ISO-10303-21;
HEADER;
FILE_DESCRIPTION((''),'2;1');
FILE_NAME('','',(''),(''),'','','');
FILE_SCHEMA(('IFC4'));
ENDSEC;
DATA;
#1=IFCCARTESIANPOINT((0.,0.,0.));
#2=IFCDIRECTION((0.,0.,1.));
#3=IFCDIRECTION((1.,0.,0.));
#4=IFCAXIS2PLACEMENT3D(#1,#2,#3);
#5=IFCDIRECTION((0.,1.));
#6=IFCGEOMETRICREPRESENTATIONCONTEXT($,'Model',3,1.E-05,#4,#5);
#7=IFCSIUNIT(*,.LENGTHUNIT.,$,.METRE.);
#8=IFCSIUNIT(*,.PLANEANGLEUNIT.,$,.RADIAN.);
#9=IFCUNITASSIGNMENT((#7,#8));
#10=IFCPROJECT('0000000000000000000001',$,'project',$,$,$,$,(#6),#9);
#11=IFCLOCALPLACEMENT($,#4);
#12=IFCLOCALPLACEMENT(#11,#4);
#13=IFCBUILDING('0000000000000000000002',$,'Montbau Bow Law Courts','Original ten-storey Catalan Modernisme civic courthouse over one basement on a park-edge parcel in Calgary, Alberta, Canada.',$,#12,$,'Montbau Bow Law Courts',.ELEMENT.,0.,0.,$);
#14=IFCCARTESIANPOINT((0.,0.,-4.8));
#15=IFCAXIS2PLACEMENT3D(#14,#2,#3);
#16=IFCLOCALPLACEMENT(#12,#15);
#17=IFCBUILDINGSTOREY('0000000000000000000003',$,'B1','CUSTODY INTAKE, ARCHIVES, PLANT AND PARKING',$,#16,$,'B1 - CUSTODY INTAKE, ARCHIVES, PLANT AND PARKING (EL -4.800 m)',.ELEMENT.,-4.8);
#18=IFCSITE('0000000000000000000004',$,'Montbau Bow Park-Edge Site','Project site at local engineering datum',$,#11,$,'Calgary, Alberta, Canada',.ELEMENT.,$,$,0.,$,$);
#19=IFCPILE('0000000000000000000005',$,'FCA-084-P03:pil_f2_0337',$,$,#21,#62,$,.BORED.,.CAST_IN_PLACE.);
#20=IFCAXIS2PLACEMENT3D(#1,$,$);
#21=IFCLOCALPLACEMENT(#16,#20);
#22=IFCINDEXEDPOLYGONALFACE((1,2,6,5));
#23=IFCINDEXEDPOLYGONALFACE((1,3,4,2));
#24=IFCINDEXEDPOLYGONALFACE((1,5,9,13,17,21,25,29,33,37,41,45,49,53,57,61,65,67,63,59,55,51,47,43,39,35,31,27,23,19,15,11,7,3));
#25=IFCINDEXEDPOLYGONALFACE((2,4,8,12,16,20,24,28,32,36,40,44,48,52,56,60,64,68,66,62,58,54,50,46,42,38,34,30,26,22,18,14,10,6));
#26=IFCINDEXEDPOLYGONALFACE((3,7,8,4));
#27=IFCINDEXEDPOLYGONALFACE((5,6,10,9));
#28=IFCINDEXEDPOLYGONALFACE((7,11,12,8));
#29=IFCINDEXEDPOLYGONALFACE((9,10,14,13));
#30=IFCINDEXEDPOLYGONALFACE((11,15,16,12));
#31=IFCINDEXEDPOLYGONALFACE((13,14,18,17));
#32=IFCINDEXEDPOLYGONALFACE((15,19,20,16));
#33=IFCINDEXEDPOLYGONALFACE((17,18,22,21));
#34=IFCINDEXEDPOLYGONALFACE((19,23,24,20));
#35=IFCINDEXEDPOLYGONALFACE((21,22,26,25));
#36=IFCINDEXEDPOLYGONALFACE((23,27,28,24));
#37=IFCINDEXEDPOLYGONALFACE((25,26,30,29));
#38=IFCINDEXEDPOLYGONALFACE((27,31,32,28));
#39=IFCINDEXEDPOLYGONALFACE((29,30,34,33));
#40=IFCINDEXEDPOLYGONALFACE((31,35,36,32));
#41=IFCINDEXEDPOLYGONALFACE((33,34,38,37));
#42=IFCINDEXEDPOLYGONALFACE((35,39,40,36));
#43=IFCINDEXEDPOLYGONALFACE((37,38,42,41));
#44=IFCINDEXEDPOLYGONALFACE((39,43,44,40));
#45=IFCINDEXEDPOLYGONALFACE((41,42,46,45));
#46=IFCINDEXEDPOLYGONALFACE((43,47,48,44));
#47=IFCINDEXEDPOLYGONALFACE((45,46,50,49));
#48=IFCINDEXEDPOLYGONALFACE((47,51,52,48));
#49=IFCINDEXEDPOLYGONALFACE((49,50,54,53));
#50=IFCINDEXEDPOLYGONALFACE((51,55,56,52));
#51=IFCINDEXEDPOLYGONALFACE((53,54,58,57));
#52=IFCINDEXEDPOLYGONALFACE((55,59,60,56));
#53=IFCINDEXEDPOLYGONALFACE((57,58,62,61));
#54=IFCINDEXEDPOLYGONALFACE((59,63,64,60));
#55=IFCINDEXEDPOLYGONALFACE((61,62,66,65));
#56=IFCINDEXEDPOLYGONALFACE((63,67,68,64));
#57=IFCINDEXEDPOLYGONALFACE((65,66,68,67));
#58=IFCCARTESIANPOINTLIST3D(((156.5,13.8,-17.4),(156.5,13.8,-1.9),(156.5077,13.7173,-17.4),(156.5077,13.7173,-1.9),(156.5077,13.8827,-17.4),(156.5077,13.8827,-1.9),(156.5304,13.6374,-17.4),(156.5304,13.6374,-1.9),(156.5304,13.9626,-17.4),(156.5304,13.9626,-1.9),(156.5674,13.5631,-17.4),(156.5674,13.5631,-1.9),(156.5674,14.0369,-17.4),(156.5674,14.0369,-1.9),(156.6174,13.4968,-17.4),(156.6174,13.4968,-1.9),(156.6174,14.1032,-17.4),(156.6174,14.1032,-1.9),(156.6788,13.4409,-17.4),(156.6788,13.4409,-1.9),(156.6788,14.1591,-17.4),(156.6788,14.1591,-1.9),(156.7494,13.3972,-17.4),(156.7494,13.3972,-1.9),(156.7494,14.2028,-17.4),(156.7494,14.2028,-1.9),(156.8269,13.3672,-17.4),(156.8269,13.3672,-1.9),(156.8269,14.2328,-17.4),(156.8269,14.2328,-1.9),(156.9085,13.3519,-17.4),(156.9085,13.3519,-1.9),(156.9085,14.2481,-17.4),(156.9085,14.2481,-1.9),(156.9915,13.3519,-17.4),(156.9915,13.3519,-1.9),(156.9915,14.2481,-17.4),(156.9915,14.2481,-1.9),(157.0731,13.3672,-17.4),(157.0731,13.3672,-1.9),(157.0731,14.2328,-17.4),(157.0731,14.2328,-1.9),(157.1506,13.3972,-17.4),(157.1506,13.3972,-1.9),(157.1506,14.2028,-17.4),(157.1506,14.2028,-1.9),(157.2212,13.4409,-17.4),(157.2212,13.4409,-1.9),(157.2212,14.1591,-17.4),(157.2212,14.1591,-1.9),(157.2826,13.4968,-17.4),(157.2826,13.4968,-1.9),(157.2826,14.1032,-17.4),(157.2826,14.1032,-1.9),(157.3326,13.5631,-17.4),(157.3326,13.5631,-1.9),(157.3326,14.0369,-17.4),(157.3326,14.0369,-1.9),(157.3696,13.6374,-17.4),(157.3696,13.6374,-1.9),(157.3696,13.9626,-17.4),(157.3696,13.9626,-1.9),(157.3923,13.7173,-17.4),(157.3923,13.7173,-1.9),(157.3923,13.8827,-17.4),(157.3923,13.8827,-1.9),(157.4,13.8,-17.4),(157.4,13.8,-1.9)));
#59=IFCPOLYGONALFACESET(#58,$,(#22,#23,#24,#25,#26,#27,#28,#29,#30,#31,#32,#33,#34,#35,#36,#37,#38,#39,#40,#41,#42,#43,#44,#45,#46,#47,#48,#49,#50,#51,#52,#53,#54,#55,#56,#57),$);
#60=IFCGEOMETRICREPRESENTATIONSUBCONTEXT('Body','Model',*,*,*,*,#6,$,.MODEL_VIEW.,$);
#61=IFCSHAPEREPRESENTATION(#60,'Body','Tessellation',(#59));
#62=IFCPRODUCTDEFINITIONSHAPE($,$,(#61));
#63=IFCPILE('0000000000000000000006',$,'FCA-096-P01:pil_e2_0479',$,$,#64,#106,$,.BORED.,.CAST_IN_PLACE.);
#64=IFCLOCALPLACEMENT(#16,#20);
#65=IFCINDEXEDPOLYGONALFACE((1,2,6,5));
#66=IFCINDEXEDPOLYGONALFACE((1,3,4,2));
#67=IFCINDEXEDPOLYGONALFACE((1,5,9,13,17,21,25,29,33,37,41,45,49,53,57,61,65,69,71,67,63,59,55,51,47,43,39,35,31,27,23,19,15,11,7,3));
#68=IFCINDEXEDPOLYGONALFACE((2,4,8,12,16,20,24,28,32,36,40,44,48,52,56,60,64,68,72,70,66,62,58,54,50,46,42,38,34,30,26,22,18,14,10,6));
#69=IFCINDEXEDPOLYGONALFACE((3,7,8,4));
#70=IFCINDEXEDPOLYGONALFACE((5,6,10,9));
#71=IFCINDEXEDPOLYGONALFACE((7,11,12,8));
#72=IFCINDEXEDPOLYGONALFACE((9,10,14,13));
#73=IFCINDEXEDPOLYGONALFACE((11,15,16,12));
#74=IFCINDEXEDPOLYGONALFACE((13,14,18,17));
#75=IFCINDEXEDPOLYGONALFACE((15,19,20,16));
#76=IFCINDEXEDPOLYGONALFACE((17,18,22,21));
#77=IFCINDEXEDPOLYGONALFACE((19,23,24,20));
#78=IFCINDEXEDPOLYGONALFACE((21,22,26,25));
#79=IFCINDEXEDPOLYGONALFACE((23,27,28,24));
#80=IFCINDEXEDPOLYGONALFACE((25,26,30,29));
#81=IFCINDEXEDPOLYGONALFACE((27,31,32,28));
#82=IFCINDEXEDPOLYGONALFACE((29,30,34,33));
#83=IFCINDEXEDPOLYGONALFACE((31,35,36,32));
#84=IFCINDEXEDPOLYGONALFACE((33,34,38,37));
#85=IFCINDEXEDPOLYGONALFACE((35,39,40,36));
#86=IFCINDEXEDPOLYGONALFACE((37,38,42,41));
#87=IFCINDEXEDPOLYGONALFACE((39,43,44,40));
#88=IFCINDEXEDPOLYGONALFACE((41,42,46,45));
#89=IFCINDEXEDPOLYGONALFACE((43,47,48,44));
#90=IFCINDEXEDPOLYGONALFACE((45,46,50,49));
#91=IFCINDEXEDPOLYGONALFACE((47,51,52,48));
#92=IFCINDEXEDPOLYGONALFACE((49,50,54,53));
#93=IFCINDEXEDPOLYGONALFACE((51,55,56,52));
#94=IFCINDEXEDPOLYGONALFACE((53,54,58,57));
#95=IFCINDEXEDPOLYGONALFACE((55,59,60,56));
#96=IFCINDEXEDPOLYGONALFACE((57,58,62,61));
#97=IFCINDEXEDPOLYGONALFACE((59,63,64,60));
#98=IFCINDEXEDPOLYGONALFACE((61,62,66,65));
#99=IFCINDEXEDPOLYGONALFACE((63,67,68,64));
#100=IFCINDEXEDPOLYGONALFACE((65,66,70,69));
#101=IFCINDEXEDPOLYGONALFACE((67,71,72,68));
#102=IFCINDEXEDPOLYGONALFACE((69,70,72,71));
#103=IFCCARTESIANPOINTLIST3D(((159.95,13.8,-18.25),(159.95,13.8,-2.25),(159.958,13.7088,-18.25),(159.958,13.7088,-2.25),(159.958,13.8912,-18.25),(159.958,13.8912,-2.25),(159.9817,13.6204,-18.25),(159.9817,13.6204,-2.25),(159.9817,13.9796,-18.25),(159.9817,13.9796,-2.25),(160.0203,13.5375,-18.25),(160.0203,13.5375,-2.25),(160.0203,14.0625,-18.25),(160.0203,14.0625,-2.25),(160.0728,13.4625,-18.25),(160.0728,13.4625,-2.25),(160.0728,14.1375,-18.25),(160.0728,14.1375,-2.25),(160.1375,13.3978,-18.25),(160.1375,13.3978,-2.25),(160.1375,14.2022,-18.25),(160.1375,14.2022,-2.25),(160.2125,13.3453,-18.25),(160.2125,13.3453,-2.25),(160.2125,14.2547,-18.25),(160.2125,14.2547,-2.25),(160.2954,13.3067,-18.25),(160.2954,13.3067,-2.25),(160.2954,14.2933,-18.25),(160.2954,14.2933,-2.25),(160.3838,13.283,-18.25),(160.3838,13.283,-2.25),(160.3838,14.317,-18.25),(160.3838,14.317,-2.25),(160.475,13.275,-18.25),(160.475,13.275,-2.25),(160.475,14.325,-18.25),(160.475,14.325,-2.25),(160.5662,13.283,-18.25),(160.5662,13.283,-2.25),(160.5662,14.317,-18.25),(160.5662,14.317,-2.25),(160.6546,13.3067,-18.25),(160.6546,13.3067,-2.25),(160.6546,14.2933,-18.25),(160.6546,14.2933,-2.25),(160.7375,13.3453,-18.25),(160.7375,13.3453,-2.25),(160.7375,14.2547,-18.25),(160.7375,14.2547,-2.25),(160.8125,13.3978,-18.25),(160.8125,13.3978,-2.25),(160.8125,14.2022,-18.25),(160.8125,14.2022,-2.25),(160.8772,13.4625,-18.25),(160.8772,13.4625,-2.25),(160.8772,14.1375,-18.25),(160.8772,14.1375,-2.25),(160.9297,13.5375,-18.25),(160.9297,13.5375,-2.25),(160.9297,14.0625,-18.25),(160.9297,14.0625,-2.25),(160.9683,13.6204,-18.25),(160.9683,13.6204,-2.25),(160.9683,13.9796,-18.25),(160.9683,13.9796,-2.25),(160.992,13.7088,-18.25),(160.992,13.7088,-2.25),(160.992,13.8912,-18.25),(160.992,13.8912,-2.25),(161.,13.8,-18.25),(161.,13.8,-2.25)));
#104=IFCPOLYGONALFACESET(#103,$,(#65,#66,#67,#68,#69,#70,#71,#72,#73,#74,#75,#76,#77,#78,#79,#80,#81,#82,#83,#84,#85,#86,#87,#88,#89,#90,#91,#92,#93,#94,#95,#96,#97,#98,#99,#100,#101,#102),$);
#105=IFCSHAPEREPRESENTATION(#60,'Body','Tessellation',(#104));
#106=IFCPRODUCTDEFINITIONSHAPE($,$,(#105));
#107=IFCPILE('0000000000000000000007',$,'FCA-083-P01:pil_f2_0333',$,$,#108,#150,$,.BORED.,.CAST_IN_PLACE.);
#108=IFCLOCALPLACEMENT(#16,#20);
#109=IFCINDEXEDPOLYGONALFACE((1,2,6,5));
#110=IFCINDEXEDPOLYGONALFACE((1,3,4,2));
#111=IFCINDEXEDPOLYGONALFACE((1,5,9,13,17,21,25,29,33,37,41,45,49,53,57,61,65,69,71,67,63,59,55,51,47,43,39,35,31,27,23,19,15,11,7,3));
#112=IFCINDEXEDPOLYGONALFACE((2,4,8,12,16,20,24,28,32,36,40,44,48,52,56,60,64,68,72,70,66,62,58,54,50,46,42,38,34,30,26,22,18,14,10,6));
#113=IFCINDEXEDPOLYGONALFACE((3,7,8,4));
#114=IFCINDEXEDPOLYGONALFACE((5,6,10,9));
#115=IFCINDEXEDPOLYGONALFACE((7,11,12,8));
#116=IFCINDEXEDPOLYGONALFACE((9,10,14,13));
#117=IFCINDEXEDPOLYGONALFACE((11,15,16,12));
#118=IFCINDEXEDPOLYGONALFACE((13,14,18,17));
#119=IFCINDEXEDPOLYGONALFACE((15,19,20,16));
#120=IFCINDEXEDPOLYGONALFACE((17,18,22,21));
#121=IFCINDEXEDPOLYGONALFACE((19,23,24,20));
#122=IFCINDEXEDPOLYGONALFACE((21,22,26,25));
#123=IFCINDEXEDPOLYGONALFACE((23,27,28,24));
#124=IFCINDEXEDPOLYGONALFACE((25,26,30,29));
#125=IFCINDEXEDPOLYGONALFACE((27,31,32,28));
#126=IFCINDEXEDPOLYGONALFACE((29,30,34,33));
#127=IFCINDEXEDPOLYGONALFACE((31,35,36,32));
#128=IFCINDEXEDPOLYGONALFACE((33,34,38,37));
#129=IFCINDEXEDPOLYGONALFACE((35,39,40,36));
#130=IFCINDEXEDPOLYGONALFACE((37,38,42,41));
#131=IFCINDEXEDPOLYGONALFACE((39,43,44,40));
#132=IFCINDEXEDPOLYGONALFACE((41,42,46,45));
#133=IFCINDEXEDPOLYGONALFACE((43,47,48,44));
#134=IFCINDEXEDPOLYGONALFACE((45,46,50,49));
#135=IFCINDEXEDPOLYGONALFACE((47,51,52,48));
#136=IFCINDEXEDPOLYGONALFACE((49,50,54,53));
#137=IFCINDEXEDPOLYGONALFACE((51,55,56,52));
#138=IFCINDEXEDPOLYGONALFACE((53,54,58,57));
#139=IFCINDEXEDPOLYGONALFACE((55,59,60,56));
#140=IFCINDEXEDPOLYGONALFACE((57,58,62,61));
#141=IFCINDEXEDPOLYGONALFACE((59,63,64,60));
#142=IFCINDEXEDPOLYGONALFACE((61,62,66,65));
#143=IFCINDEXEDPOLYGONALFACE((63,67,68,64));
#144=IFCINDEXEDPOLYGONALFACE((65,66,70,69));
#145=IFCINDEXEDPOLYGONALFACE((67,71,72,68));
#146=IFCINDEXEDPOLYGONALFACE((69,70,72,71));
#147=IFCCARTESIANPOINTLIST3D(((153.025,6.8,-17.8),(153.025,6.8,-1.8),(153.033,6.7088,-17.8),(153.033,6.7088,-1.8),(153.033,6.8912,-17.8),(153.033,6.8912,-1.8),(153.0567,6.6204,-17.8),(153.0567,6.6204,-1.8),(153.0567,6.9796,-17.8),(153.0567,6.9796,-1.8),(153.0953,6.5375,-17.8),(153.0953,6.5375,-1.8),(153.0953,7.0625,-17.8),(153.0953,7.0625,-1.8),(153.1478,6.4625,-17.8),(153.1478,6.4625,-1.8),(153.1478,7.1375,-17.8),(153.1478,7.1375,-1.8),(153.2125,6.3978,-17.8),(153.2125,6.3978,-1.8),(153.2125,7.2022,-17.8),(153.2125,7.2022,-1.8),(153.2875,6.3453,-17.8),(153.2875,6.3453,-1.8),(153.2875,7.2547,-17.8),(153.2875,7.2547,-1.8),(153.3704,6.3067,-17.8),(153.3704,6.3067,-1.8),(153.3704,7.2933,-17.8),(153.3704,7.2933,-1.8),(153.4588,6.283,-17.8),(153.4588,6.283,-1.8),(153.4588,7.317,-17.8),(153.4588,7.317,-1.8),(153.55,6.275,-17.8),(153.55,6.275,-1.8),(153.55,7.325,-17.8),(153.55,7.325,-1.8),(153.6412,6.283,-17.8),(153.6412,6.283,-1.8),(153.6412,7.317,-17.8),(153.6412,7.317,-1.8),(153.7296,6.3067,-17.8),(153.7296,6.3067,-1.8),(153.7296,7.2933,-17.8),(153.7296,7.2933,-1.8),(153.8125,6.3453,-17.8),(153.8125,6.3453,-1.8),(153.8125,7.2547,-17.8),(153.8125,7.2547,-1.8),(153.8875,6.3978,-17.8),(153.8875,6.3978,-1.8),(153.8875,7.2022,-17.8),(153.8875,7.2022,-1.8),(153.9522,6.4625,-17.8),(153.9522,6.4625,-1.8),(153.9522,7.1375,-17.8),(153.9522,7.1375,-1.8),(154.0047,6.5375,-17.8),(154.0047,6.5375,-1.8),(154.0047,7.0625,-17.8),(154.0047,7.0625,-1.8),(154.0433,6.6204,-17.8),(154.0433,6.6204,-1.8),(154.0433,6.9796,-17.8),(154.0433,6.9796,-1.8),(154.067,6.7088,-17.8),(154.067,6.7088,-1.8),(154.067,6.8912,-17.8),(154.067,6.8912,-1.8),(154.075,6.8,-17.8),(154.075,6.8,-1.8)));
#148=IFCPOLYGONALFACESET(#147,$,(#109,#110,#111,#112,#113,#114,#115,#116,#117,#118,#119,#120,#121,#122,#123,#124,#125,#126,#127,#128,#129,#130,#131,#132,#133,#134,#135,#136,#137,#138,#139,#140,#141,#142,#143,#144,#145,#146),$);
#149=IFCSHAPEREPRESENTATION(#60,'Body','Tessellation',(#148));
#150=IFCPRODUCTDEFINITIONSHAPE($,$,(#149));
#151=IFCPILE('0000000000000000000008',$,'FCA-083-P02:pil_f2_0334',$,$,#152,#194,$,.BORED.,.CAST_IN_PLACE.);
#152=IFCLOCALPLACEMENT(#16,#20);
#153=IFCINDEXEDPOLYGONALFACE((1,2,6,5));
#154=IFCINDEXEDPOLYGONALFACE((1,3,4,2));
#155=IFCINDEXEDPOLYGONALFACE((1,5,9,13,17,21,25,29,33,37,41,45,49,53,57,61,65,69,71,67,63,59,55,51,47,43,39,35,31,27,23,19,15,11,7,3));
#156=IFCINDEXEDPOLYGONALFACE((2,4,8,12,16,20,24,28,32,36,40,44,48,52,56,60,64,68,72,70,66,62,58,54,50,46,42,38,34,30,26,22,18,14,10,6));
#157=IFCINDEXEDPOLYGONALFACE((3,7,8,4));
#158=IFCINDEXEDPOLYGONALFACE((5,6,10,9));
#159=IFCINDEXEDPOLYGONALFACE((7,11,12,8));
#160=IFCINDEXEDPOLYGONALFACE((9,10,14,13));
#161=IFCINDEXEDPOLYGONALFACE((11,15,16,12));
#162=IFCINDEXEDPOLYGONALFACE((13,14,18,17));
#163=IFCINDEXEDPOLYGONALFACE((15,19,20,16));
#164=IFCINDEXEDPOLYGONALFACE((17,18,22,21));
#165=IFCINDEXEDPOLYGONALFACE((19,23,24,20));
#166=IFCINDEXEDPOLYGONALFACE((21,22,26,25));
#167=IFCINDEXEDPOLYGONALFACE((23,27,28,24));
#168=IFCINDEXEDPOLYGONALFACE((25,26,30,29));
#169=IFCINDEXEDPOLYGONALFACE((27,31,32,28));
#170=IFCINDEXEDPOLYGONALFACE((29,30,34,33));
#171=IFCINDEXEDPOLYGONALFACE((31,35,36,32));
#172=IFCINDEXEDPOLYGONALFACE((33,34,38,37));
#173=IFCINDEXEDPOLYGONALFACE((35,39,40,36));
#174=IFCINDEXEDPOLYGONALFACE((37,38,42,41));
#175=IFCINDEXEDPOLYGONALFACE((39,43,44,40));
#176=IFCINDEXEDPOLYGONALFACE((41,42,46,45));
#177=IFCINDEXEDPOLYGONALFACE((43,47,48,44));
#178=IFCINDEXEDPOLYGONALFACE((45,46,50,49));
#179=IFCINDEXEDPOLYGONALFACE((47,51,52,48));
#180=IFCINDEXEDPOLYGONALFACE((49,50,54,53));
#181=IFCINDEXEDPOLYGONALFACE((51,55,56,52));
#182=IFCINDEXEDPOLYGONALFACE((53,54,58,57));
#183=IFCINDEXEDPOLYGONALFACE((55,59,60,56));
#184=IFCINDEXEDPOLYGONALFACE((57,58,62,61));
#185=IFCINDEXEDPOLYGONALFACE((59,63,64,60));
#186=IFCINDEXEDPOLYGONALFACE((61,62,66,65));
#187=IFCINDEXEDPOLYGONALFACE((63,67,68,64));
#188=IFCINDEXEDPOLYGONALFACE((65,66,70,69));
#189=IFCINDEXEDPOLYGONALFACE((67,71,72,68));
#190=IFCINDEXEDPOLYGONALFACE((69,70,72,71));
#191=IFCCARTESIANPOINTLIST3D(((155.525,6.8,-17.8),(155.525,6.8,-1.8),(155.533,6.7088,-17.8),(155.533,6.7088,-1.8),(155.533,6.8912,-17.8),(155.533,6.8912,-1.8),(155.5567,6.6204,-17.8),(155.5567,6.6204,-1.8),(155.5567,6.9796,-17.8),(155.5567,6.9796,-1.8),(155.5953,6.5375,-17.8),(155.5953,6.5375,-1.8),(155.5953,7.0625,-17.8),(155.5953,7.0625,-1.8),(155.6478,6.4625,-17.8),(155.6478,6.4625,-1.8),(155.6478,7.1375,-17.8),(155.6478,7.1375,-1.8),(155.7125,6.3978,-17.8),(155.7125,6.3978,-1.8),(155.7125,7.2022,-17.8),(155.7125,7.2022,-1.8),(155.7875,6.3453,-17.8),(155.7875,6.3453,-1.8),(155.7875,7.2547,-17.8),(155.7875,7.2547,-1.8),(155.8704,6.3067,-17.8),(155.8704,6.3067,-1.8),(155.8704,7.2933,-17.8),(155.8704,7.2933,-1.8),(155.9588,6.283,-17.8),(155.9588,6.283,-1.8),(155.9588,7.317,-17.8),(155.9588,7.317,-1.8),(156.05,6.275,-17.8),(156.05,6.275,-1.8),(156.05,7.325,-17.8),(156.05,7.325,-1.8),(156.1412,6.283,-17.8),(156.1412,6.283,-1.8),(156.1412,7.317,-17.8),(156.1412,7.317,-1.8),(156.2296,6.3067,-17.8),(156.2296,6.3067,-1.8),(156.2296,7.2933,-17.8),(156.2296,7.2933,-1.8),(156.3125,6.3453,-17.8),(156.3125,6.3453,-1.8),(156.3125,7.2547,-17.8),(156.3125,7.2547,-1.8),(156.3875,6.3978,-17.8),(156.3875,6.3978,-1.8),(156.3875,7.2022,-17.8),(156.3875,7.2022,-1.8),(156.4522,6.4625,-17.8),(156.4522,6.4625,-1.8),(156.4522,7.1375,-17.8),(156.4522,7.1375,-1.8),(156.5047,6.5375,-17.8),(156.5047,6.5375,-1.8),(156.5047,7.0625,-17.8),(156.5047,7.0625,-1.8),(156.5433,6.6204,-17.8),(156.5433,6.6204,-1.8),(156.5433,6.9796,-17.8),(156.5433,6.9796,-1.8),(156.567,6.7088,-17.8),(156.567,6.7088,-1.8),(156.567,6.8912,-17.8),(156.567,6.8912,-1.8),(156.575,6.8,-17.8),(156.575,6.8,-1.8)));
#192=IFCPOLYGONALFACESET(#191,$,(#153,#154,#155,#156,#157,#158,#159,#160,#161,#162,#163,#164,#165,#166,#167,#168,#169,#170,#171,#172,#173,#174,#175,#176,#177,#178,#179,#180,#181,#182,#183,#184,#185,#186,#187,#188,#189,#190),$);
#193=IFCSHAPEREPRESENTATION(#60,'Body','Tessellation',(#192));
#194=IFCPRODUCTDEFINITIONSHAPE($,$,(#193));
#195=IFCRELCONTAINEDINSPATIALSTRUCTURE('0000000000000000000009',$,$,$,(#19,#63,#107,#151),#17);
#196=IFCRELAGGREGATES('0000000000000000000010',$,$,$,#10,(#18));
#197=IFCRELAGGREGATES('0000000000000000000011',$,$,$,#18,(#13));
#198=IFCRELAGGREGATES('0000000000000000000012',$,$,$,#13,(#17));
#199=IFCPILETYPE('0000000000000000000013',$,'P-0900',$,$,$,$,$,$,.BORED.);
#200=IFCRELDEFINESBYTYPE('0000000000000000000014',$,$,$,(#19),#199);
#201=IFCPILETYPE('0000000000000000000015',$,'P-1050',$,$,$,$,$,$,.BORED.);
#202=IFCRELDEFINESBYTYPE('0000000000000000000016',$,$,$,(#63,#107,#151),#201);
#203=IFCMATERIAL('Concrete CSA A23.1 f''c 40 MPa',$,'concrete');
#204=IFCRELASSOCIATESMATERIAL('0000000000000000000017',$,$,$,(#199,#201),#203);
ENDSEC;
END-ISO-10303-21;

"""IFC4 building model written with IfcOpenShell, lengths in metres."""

from ifc_helpers import new_model, si_unit, direction, frame, origin_with_axes, origin_2d_with_axis, place, context, subcontext, project, spatial, circle, extrude, material, material_profile, profile_set, type_object, element, save


model = new_model("IFC4")

# Units and contexts
model_context = context("Model", 3, precision=1e-05, world=origin_with_axes(), true_north=direction((0.0, 1.0)))
body_context = subcontext(model_context, "Body", "Model", "MODEL_VIEW")
ifc_project = project(units=[si_unit("LENGTHUNIT", "METRE"), si_unit("PLANEANGLEUNIT", "RADIAN")], contexts=[model_context])

# Site, building, storey
site_placement = place(None, origin_with_axes())
site = spatial("IfcSite", under=ifc_project, at=site_placement, Name="Montbau Bow Park-Edge Site", Description="Project site at local engineering datum", LongName="Calgary, Alberta, Canada", CompositionType="ELEMENT", RefElevation=0.0)
building_placement = place(site_placement, origin_with_axes())
building = spatial("IfcBuilding", under=site, at=building_placement, Name="Montbau Bow Law Courts", Description="Original ten-storey Catalan Modernisme civic courthouse over one basement on a park-edge parcel in Calgary, Alberta, Canada.", LongName="Montbau Bow Law Courts", CompositionType="ELEMENT", ElevationOfRefHeight=0.0, ElevationOfTerrain=0.0)
storey_placement = place(building_placement, frame((0.0, 0.0, -4.8), z_axis=(0.0, 0.0, 1.0), x_axis=(1.0, 0.0, 0.0)))
storey = spatial("IfcBuildingStorey", under=building, at=storey_placement, Name="B1", Description="CUSTODY INTAKE, ARCHIVES, PLANT AND PARKING", LongName="B1 - CUSTODY INTAKE, ARCHIVES, PLANT AND PARKING (EL -4.800 m)", CompositionType="ELEMENT", Elevation=-4.8)

# Piles
ifc_material_1 = material(Name="Concrete CSA A23.1 f'c 40 MPa", Category="concrete")
ifc_material_profile_1 = material_profile(ifc_material_1, circle(Radius=0.45, at=origin_2d_with_axis()), Name="BP900", Category="Main", Priority=0)
ifc_profile_set_1 = profile_set([ifc_material_profile_1], Name="Concrete CSA A23.1 f'c 40 MPa")
pile_type_1 = type_object("IfcPileType", Name="P-0900", PredefinedType="BORED", material=ifc_profile_set_1)
for number, where, z_axis, x_axis, name in (
    (1, (156.95, 13.8, -22.2), (0.0, 0.0, 1.0), (1.0, 0.0, 0.0), "FCA-084-P03:pil_f2_0337"),
):
    element("IfcPile", number, at=place(None, frame(where, z_axis=z_axis, x_axis=x_axis)), inside=storey, type_object=pile_type_1, Name=name, ConstructionType="CAST_IN_PLACE", PredefinedType="BORED", context=body_context, shape_type="SweptSolid", body=[
        extrude(circle(Radius=0.45, at=origin_2d_with_axis()), origin_with_axes(), (0.0, 0.0, 1.0), 15.5),
    ])
ifc_material_profile_2 = material_profile(ifc_material_1, circle(Radius=0.525, at=origin_2d_with_axis()), Name="BP1050", Category="Main", Priority=0)
ifc_profile_set_2 = profile_set([ifc_material_profile_2], Name="Concrete CSA A23.1 f'c 40 MPa")
pile_type_2 = type_object("IfcPileType", Name="P-1050", PredefinedType="BORED", material=ifc_profile_set_2)
for number, where, z_axis, x_axis, name in (
    (2, (160.475, 13.8, -23.05), (0.0, 0.0, 1.0), (1.0, 0.0, 0.0), "FCA-096-P01:pil_e2_0479"),
    (3, (153.55, 6.8, -22.6), (0.0, 0.0, 1.0), (1.0, 0.0, 0.0), "FCA-083-P01:pil_f2_0333"),
    (4, (156.05, 6.8, -22.6), (0.0, 0.0, 1.0), (1.0, 0.0, 0.0), "FCA-083-P02:pil_f2_0334"),
):
    element("IfcPile", number, at=place(None, frame(where, z_axis=z_axis, x_axis=x_axis)), inside=storey, type_object=pile_type_2, Name=name, ConstructionType="CAST_IN_PLACE", PredefinedType="BORED", context=body_context, shape_type="SweptSolid", body=[
        extrude(circle(Radius=0.525, at=origin_2d_with_axis()), origin_with_axes(), (0.0, 0.0, 1.0), 16.0),
    ])

save(model, "model.ifc")
